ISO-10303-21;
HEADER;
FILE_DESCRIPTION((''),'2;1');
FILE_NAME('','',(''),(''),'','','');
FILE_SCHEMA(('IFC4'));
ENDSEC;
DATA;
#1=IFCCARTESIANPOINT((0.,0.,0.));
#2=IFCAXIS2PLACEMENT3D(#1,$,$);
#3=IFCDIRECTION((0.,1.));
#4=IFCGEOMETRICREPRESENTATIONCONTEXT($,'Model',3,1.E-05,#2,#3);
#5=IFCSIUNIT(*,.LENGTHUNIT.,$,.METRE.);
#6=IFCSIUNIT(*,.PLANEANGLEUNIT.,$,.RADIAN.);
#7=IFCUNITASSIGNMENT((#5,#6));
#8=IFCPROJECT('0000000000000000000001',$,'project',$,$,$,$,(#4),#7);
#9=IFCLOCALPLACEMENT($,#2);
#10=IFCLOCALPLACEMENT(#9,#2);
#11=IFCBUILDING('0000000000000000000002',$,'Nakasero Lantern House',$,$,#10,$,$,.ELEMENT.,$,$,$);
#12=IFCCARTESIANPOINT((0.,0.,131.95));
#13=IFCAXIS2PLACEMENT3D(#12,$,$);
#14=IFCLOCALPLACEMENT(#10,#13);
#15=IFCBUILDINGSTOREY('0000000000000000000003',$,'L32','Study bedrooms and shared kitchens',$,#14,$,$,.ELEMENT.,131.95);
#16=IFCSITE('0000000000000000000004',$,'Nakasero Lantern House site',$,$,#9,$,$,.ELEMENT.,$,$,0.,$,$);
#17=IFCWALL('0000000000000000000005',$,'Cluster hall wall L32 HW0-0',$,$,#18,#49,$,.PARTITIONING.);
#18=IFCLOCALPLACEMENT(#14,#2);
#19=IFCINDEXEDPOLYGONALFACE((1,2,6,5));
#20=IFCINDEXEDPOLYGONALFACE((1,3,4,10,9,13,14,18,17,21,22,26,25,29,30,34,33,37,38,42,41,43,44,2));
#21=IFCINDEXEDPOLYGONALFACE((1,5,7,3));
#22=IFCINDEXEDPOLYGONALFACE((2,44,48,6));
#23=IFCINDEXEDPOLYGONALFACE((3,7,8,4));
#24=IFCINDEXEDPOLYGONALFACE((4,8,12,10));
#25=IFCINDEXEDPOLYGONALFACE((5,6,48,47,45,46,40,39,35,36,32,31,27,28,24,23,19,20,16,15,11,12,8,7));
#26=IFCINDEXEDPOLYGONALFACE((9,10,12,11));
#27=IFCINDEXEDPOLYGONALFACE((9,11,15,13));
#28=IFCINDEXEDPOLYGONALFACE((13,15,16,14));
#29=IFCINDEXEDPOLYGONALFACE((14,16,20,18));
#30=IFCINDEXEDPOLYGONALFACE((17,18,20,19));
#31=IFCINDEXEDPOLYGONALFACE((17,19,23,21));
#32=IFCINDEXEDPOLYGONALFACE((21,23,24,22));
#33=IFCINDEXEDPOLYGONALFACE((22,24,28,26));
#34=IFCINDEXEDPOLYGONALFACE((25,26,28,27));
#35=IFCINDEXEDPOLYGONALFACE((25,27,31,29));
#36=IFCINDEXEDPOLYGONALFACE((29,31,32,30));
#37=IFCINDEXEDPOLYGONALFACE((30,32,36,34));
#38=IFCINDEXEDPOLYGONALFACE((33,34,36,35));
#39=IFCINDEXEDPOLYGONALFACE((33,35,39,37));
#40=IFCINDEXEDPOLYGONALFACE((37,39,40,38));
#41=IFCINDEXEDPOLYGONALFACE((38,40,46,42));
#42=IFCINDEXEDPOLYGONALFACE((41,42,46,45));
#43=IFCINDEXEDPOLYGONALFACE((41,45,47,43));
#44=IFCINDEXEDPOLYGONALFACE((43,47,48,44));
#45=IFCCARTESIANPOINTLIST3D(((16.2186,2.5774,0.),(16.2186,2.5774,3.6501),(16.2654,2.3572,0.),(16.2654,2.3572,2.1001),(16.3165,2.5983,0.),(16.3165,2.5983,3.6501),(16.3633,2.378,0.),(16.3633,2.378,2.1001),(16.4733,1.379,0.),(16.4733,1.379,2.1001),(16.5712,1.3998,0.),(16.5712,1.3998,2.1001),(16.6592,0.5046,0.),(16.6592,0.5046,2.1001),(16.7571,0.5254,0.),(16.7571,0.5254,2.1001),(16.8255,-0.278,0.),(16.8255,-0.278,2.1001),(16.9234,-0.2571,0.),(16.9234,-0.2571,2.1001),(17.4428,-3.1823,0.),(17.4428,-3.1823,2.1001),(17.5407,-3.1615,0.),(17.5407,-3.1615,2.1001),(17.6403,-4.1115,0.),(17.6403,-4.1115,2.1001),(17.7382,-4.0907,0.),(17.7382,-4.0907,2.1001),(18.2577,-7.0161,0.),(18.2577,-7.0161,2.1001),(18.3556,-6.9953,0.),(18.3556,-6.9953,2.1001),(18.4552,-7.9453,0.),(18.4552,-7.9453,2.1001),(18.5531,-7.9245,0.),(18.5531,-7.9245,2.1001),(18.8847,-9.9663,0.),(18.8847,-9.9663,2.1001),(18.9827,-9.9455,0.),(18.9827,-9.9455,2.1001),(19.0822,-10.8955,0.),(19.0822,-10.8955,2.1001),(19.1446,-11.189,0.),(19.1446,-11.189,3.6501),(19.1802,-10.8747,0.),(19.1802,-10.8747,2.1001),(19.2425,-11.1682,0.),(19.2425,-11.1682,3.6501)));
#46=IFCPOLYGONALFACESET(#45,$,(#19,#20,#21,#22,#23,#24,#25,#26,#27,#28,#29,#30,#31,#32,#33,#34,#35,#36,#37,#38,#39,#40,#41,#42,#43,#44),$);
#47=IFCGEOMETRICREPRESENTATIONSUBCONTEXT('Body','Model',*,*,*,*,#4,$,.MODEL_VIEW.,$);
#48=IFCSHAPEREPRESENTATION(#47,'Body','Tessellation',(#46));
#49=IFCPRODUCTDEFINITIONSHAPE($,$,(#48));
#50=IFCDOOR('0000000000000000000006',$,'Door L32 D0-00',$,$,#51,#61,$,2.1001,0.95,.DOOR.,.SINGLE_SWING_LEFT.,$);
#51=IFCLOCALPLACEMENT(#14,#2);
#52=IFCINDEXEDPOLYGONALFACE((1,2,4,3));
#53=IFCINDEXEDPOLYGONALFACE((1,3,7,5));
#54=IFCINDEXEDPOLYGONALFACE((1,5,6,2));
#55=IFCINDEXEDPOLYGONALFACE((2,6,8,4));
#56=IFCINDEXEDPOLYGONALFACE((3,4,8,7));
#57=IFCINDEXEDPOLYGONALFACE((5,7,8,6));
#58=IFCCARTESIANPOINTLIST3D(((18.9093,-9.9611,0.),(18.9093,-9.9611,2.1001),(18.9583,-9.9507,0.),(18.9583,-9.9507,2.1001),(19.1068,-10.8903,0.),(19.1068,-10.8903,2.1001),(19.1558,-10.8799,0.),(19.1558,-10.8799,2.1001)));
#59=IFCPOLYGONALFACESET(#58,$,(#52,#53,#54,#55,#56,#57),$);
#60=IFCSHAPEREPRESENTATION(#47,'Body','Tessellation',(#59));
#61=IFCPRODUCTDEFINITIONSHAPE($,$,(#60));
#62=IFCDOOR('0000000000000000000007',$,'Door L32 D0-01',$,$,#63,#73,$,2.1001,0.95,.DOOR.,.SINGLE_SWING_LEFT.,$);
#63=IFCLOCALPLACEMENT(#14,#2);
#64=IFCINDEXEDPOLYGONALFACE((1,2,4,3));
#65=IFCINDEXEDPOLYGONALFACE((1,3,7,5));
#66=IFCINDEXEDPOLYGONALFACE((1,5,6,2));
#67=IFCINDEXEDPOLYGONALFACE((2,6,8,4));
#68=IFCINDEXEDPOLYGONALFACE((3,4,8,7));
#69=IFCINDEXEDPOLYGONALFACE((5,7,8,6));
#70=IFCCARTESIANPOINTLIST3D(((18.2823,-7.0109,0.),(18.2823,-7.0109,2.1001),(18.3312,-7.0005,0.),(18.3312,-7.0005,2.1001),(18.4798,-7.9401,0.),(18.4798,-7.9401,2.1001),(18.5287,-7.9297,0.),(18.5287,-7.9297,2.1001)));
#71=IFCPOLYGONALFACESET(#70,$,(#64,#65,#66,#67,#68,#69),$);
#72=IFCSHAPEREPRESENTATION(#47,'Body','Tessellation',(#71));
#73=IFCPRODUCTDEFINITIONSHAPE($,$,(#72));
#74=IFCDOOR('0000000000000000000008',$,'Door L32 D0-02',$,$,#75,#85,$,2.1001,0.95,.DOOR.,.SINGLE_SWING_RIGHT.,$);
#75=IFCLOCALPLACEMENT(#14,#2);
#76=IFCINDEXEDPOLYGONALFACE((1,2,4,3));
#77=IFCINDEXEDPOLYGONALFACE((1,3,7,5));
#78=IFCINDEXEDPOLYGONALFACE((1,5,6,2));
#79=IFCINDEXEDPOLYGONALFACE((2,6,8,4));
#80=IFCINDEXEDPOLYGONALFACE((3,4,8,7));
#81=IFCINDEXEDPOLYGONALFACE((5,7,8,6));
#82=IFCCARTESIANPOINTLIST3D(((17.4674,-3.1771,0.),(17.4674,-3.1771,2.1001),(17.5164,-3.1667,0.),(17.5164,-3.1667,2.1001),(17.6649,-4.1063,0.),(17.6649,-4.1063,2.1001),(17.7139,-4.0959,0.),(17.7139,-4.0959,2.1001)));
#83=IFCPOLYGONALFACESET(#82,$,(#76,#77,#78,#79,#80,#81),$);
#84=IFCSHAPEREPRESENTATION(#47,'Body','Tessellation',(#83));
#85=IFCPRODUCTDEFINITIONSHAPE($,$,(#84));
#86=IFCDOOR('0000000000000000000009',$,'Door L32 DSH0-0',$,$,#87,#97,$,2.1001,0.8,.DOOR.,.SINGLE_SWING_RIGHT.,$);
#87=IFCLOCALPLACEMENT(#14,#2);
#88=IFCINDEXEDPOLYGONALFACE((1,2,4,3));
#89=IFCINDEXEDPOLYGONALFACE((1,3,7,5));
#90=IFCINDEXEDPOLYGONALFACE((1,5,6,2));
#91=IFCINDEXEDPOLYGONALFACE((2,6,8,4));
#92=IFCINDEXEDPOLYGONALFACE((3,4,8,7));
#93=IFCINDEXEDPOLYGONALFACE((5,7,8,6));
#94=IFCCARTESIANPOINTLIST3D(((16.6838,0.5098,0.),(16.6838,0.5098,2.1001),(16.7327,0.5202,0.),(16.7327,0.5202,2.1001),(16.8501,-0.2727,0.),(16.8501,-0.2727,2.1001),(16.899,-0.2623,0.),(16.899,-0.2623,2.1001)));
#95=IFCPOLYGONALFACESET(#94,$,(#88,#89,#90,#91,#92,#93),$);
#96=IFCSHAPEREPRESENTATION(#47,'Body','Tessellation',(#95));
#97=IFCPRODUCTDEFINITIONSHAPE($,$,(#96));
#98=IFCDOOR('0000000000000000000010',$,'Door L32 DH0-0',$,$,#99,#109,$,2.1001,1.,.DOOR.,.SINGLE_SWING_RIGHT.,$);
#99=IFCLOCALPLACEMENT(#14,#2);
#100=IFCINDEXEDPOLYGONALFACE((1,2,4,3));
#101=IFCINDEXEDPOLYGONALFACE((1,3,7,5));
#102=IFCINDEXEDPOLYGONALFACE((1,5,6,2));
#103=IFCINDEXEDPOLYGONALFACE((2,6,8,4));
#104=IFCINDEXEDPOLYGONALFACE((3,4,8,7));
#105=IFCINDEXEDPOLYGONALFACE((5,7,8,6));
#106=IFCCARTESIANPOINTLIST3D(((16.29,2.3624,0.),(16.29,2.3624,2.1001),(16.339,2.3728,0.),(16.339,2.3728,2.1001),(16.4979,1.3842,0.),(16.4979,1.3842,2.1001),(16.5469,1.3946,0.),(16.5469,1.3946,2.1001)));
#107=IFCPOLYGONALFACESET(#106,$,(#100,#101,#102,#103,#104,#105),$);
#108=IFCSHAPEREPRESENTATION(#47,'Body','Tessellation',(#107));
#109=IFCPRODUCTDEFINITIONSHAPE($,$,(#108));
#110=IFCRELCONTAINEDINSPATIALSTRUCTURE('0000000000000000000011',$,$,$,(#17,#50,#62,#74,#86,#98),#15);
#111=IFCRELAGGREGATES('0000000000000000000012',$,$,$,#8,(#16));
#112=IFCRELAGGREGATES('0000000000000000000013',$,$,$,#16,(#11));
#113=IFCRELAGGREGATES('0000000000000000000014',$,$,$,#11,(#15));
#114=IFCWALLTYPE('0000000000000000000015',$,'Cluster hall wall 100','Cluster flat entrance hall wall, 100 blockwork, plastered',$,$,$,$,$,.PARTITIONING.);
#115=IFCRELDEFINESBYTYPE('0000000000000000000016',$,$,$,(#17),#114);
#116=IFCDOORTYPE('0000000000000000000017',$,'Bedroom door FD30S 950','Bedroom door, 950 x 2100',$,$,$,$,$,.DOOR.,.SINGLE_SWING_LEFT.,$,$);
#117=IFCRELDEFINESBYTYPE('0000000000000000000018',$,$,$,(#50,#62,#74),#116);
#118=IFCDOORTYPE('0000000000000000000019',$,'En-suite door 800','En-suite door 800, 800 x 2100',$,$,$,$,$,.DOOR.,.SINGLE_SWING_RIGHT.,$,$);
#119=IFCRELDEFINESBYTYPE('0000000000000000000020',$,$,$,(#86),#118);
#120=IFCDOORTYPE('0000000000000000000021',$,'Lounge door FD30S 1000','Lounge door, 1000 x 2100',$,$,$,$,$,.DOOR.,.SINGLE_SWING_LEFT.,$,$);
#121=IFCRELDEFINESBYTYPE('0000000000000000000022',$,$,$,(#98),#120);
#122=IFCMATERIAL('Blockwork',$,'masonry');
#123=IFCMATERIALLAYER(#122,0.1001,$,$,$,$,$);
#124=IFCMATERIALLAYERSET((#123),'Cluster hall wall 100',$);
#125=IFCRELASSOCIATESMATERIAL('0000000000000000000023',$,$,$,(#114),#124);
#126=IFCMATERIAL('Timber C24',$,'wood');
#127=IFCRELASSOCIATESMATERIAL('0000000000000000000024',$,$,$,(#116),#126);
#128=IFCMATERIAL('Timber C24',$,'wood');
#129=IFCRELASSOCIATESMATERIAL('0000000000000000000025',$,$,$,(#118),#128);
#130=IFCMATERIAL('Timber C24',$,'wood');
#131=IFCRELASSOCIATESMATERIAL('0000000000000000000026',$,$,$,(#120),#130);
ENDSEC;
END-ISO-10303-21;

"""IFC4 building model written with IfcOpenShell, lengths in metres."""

from ifc_helpers import new_model, si_unit, direction, frame, frame_2d, origin, place, context, subcontext, project, spatial, rectangle, extrude, material, layer, layer_set, type_object, element, fill, save


model = new_model("IFC4")

# Units and contexts
model_context = context("Model", 3, precision=1e-05, world=origin(), true_north=direction((0.0, 1.0)))
body_context = subcontext(model_context, "Body", "Model", "MODEL_VIEW")
ifc_project = project(units=[si_unit("LENGTHUNIT", "METRE"), si_unit("PLANEANGLEUNIT", "RADIAN")], contexts=[model_context])

# Site, building, storey
site_placement = place(None, origin())
site = spatial("IfcSite", under=ifc_project, at=site_placement, Name="Nakasero Lantern House site", CompositionType="ELEMENT", RefElevation=0.0)
building_placement = place(site_placement, origin())
building = spatial("IfcBuilding", under=site, at=building_placement, Name="Nakasero Lantern House", CompositionType="ELEMENT")
storey_placement = place(building_placement, frame((0.0, 0.0, 131.95)))
storey = spatial("IfcBuildingStorey", under=building, at=storey_placement, Name="L32", Description="Study bedrooms and shared kitchens", CompositionType="ELEMENT", Elevation=131.95)

# Wall, openings, doors
ifc_material_1 = material(Name="Blockwork", Category="masonry")
ifc_layer_1 = layer(ifc_material_1, 0.1001)
ifc_layer_set_1 = layer_set([ifc_layer_1], Name="Cluster hall wall 100")
wall_type_1 = type_object("IfcWallType", Name="Cluster hall wall 100", Description="Cluster flat entrance hall wall, 100 blockwork, plastered", PredefinedType="PARTITIONING", material=ifc_layer_set_1)
wall_1_placement = place(storey_placement, frame((19.1936, -11.1787, 0.0), z_axis=(0.0, 0.0, 1.0), x_axis=(-0.207905, 0.978149, 0.0)))
wall_1 = element("IfcWall", 1, at=wall_1_placement, inside=storey, type_object=wall_type_1, Name="Cluster hall wall L32 HW0-0", PredefinedType="PARTITIONING", context=body_context, shape_type="SweptSolid", body=[
    extrude(rectangle(XDim=14.074, YDim=0.1001, at=frame_2d((7.0371, 0.0))), origin(), (0.0, 0.0, 1.0), 3.6501),
])
opening_1_placement = place(wall_1_placement, frame((12.8489, 0.0, 0.0)))
opening_1 = element("IfcOpeningElement", 2, at=opening_1_placement, cuts=wall_1, PredefinedType="OPENING", context=body_context, shape_type="SweptSolid", body=[
    extrude(rectangle(XDim=1.0, YDim=2.1001, at=frame_2d((0.5, 1.05))), frame((0.0, 0.0701, 0.0), z_axis=(0.0, -1.0, 0.0), x_axis=(1.0, 0.0, 0.0)), (0.0, 0.0, 1.0), 0.1401),
])
opening_2_placement = place(wall_1_placement, frame((11.155, 0.0, 0.0)))
opening_2 = element("IfcOpeningElement", 3, at=opening_2_placement, cuts=wall_1, PredefinedType="OPENING", context=body_context, shape_type="SweptSolid", body=[
    extrude(rectangle(XDim=0.8, YDim=2.1001, at=frame_2d((0.3999, 1.05))), frame((0.0, 0.0701, 0.0), z_axis=(0.0, -1.0, 0.0), x_axis=(1.0, 0.0, 0.0)), (0.0, 0.0, 1.0), 0.1401),
])
opening_3_placement = place(wall_1_placement, frame((0.3, 0.0, 0.0)))
opening_3 = element("IfcOpeningElement", 4, at=opening_3_placement, cuts=wall_1, PredefinedType="OPENING", context=body_context, shape_type="SweptSolid", body=[
    extrude(rectangle(XDim=0.95, YDim=2.1001, at=frame_2d((0.4751, 1.05))), frame((0.0, 0.0701, 0.0), z_axis=(0.0, -1.0, 0.0), x_axis=(1.0, 0.0, 0.0)), (0.0, 0.0, 1.0), 0.1401),
])
opening_4_placement = place(wall_1_placement, frame((3.3162, 0.0, 0.0)))
opening_4 = element("IfcOpeningElement", 5, at=opening_4_placement, cuts=wall_1, PredefinedType="OPENING", context=body_context, shape_type="SweptSolid", body=[
    extrude(rectangle(XDim=0.95, YDim=2.1001, at=frame_2d((0.4751, 1.05))), frame((0.0, 0.0701, 0.0), z_axis=(0.0, -1.0, 0.0), x_axis=(1.0, 0.0, 0.0)), (0.0, 0.0, 1.0), 0.1401),
])
opening_5_placement = place(wall_1_placement, frame((7.2356, 0.0, 0.0)))
opening_5 = element("IfcOpeningElement", 6, at=opening_5_placement, cuts=wall_1, PredefinedType="OPENING", context=body_context, shape_type="SweptSolid", body=[
    extrude(rectangle(XDim=0.95, YDim=2.1001, at=frame_2d((0.4751, 1.05))), frame((0.0, 0.0701, 0.0), z_axis=(0.0, -1.0, 0.0), x_axis=(1.0, 0.0, 0.0)), (0.0, 0.0, 1.0), 0.1401),
])
ifc_material_2 = material(Name="Timber C24", Category="wood")
door_type_1 = type_object("IfcDoorType", Name="Bedroom door FD30S 950", Description="Bedroom door, 950 x 2100", OperationType="SINGLE_SWING_LEFT", PredefinedType="DOOR", material=ifc_material_2)
door_1_placement = place(opening_3_placement, origin())
door_1 = element("IfcDoor", 7, at=door_1_placement, inside=storey, type_object=door_type_1, Name="Door L32 D0-00", OperationType="SINGLE_SWING_LEFT", OverallHeight=2.1001, OverallWidth=0.95, PredefinedType="DOOR", context=body_context, shape_type="SweptSolid", body=[
    extrude(rectangle(XDim=0.95, YDim=2.1001, at=frame_2d((0.4751, 1.05))), frame((0.0, 0.0249, 0.0), z_axis=(0.0, -1.0, 0.0), x_axis=(1.0, 0.0, 0.0)), (0.0, 0.0, 1.0), 0.05),
])
fill(opening_3, door_1)
door_2_placement = place(opening_4_placement, origin())
door_2 = element("IfcDoor", 8, at=door_2_placement, inside=storey, type_object=door_type_1, Name="Door L32 D0-01", OperationType="SINGLE_SWING_LEFT", OverallHeight=2.1001, OverallWidth=0.95, PredefinedType="DOOR", context=body_context, shape_type="SweptSolid", body=[
    extrude(rectangle(XDim=0.95, YDim=2.1001, at=frame_2d((0.4751, 1.05))), frame((0.0, 0.0249, 0.0), z_axis=(0.0, -1.0, 0.0), x_axis=(1.0, 0.0, 0.0)), (0.0, 0.0, 1.0), 0.05),
])
fill(opening_4, door_2)
door_3_placement = place(opening_5_placement, origin())
door_3 = element("IfcDoor", 9, at=door_3_placement, inside=storey, type_object=door_type_1, Name="Door L32 D0-02", OperationType="SINGLE_SWING_RIGHT", OverallHeight=2.1001, OverallWidth=0.95, PredefinedType="DOOR", context=body_context, shape_type="SweptSolid", body=[
    extrude(rectangle(XDim=0.95, YDim=2.1001, at=frame_2d((0.4751, 1.05))), frame((0.0, 0.0249, 0.0), z_axis=(0.0, -1.0, 0.0), x_axis=(1.0, 0.0, 0.0)), (0.0, 0.0, 1.0), 0.05),
])
fill(opening_5, door_3)
ifc_material_3 = material(Name="Timber C24", Category="wood")
door_type_2 = type_object("IfcDoorType", Name="En-suite door 800", Description="En-suite door 800, 800 x 2100", OperationType="SINGLE_SWING_RIGHT", PredefinedType="DOOR", material=ifc_material_3)
door_4_placement = place(opening_2_placement, origin())
door_4 = element("IfcDoor", 10, at=door_4_placement, inside=storey, type_object=door_type_2, Name="Door L32 DSH0-0", OperationType="SINGLE_SWING_RIGHT", OverallHeight=2.1001, OverallWidth=0.8, PredefinedType="DOOR", context=body_context, shape_type="SweptSolid", body=[
    extrude(rectangle(XDim=0.8, YDim=2.1001, at=frame_2d((0.3999, 1.05))), frame((0.0, 0.0249, 0.0), z_axis=(0.0, -1.0, 0.0), x_axis=(1.0, 0.0, 0.0)), (0.0, 0.0, 1.0), 0.05),
])
fill(opening_2, door_4)
ifc_material_4 = material(Name="Timber C24", Category="wood")
door_type_3 = type_object("IfcDoorType", Name="Lounge door FD30S 1000", Description="Lounge door, 1000 x 2100", OperationType="SINGLE_SWING_LEFT", PredefinedType="DOOR", material=ifc_material_4)
door_5_placement = place(opening_1_placement, origin())
door_5 = element("IfcDoor", 11, at=door_5_placement, inside=storey, type_object=door_type_3, Name="Door L32 DH0-0", OperationType="SINGLE_SWING_RIGHT", OverallHeight=2.1001, OverallWidth=1.0, PredefinedType="DOOR", context=body_context, shape_type="SweptSolid", body=[
    extrude(rectangle(XDim=1.0, YDim=2.1001, at=frame_2d((0.5, 1.05))), frame((0.0, 0.0249, 0.0), z_axis=(0.0, -1.0, 0.0), x_axis=(1.0, 0.0, 0.0)), (0.0, 0.0, 1.0), 0.05),
])
fill(opening_1, door_5)

save(model, "model.ifc")
